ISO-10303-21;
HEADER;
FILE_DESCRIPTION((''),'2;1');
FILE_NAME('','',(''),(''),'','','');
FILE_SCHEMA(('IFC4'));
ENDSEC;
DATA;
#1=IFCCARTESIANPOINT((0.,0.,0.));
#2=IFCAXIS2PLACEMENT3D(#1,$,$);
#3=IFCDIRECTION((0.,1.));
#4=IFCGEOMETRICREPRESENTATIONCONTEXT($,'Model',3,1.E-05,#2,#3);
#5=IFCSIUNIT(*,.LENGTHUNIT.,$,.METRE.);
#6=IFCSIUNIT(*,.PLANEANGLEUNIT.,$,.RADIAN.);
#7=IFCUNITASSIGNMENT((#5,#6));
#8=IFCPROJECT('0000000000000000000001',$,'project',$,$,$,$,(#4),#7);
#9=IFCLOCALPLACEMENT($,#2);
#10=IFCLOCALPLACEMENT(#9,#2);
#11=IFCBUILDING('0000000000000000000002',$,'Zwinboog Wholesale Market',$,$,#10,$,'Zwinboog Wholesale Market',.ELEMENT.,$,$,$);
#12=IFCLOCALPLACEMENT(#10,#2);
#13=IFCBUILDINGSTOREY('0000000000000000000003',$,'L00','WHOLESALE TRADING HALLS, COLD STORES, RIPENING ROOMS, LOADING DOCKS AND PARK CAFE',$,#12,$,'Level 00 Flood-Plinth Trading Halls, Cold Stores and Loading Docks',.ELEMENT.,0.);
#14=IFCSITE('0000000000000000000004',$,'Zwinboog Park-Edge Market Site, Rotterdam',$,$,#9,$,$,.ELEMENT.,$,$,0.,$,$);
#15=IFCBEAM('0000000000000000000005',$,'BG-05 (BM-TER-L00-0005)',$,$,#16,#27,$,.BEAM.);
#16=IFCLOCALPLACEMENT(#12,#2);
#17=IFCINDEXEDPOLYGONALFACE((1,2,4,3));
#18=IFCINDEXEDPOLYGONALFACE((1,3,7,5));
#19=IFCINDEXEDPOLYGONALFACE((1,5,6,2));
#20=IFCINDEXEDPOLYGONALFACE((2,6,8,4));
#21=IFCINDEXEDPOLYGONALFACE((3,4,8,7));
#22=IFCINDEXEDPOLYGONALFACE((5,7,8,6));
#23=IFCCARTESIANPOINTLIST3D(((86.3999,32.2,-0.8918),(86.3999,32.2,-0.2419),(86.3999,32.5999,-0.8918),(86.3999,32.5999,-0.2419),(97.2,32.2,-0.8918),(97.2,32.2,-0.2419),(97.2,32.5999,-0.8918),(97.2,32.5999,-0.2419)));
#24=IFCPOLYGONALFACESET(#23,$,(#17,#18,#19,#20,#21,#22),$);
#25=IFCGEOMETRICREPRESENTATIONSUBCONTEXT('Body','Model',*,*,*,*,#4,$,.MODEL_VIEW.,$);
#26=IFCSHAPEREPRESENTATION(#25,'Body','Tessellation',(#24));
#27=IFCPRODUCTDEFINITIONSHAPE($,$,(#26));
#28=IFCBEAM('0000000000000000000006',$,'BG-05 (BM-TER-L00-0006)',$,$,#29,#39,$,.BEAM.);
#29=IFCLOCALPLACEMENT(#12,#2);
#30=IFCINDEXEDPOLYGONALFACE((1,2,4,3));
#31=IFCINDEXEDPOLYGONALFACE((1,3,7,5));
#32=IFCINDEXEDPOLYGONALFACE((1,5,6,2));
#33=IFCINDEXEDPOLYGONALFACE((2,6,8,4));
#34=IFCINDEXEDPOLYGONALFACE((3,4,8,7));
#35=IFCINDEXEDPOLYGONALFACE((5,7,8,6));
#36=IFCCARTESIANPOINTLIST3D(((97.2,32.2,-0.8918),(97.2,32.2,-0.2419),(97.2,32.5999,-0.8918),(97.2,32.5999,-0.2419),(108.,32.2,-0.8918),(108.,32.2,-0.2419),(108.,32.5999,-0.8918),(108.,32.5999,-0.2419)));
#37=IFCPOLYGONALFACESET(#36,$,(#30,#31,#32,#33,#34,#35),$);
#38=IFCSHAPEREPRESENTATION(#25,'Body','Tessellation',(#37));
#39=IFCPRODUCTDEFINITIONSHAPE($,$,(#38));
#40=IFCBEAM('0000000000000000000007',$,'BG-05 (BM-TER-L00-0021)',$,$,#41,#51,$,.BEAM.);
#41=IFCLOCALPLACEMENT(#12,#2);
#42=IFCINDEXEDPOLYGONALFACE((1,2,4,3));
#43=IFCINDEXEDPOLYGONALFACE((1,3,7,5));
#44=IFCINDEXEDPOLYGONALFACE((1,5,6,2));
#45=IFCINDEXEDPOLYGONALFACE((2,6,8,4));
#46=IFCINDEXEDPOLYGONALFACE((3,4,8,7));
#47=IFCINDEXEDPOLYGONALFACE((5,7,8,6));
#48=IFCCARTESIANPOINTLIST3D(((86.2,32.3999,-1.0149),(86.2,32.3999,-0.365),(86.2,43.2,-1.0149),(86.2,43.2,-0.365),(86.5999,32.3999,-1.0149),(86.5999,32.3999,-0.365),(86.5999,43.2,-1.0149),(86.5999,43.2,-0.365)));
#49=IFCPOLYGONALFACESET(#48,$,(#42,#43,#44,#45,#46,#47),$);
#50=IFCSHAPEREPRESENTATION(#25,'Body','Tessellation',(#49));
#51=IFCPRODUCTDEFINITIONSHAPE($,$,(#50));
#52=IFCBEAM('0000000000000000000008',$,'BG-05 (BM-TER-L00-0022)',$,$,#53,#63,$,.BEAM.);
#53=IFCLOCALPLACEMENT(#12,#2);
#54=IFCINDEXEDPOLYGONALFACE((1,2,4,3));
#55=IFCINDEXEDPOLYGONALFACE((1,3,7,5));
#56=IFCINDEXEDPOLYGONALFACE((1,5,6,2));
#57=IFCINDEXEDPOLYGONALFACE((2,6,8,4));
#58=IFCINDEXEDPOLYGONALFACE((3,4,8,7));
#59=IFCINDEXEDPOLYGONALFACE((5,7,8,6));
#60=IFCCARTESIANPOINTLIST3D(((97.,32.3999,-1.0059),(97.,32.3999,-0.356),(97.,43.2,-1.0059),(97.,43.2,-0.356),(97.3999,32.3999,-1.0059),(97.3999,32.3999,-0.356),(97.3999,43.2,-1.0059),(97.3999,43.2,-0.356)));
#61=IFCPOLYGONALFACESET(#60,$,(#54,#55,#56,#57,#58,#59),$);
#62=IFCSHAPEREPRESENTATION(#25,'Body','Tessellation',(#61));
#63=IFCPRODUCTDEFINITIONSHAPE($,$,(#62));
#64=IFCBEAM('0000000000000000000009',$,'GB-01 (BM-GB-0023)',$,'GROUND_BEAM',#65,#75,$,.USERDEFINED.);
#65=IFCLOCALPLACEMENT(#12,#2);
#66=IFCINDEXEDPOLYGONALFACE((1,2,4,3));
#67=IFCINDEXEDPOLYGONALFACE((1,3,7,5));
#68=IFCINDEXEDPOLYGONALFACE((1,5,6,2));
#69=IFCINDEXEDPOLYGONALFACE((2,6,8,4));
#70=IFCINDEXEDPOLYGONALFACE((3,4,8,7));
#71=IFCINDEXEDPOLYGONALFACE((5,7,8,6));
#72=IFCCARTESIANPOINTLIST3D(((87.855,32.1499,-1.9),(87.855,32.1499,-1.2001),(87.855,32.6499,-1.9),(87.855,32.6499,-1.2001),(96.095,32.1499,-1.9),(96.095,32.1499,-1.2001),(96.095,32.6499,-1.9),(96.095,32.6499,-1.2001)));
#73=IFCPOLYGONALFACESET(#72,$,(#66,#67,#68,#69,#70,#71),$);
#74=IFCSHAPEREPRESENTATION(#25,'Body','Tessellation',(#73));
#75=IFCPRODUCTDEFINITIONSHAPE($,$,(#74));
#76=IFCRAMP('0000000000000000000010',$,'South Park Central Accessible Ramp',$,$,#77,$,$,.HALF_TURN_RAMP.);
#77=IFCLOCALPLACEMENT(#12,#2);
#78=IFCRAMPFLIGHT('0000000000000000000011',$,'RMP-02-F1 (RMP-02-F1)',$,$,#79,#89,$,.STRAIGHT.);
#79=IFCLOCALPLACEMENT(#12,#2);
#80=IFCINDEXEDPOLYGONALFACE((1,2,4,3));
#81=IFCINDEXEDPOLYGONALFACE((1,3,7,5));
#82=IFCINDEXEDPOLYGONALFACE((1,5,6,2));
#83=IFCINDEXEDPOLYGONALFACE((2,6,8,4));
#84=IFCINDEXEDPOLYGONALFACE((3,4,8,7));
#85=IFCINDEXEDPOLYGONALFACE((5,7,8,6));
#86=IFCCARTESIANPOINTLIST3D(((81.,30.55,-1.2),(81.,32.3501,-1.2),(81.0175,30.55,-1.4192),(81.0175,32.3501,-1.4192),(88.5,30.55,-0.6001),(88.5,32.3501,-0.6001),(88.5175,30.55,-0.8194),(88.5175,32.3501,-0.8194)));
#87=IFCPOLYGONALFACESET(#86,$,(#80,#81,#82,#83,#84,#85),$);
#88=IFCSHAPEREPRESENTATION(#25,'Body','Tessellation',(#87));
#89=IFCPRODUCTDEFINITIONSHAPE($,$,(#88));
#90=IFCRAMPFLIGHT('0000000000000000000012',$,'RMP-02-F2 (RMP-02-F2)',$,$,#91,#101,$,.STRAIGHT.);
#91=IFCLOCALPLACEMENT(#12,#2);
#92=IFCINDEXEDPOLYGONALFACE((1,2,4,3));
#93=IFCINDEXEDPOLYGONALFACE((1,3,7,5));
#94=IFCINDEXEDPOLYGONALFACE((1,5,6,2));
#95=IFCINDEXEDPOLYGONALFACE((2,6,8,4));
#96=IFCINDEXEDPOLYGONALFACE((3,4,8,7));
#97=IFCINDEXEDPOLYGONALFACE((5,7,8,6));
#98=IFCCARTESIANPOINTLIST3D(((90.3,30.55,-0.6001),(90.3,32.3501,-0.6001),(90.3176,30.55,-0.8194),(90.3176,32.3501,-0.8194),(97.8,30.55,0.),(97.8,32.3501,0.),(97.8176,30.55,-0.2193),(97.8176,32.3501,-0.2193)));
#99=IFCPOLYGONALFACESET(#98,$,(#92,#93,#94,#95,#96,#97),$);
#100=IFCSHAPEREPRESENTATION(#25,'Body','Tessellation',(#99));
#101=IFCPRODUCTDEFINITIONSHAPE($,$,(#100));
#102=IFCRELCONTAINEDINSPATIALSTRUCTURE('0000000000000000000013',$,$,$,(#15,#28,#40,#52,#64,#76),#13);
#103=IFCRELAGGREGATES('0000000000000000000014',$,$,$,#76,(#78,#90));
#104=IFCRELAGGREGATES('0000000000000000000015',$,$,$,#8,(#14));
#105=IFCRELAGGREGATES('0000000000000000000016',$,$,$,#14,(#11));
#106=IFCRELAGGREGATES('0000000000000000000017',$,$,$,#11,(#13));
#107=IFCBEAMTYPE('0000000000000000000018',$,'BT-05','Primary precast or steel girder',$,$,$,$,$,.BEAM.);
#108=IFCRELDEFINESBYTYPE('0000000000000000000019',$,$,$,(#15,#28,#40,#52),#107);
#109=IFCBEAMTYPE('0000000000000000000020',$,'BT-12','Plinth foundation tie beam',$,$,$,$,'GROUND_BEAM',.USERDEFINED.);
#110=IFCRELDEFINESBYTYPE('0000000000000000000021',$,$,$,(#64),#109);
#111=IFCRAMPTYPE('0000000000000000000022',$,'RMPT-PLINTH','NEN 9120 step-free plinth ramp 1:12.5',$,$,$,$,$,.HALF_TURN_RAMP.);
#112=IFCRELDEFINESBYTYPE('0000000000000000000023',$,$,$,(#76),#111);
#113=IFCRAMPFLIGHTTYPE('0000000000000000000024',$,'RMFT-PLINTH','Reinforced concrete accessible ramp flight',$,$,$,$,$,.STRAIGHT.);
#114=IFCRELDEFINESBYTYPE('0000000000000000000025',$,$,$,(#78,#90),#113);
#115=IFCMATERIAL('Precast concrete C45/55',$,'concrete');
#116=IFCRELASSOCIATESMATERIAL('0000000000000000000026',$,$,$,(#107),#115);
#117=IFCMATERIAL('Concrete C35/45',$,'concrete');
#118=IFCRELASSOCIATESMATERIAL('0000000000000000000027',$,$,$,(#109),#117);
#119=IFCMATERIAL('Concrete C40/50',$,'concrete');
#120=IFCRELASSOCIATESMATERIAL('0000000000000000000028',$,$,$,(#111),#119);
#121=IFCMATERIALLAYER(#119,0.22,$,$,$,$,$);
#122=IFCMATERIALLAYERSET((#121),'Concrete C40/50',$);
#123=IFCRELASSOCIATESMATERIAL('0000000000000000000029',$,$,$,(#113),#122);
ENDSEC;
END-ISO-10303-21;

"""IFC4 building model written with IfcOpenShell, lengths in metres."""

from ifc_helpers import new_model, si_unit, direction, frame, origin, origin_2d, place, context, subcontext, project, spatial, polyline, rectangle, outline, extrude, material, layer, layer_set, material_profile, profile_set, type_object, element, aggregate, save


model = new_model("IFC4")

# Units and contexts
model_context = context("Model", 3, precision=1e-05, world=origin(), true_north=direction((0.0, 1.0)))
body_context = subcontext(model_context, "Body", "Model", "MODEL_VIEW")
ifc_project = project(units=[si_unit("LENGTHUNIT", "METRE"), si_unit("PLANEANGLEUNIT", "RADIAN")], contexts=[model_context])

# Site, building, storey
site_placement = place(None, origin())
site = spatial("IfcSite", under=ifc_project, at=site_placement, Name="Zwinboog Park-Edge Market Site, Rotterdam", CompositionType="ELEMENT", RefElevation=0.0)
building_placement = place(site_placement, origin())
building = spatial("IfcBuilding", under=site, at=building_placement, Name="Zwinboog Wholesale Market", LongName="Zwinboog Wholesale Market", CompositionType="ELEMENT")
storey_placement = place(building_placement, origin())
storey = spatial("IfcBuildingStorey", under=building, at=storey_placement, Name="L00", Description="WHOLESALE TRADING HALLS, COLD STORES, RIPENING ROOMS, LOADING DOCKS AND PARK CAFE", LongName="Level 00 Flood-Plinth Trading Halls, Cold Stores and Loading Docks", CompositionType="ELEMENT", Elevation=0.0)

# Shared definitions
ifc_material_1 = material(Name="Concrete C40/50", Category="concrete")

# Shared definitions
ifc_material_2 = material(Name="Concrete C35/45", Category="concrete")

# Shared definitions
ifc_material_3 = material(Name="Precast concrete C45/55", Category="concrete")

# Beams
ifc_material_profile_1 = material_profile(ifc_material_3, rectangle(XDim=0.3999, YDim=0.6499, at=origin_2d()), Name="PC 400x650")
ifc_profile_set_1 = profile_set([ifc_material_profile_1], Name="Precast concrete C45/55")
beam_type_1 = type_object("IfcBeamType", Name="BT-05", Description="Primary precast or steel girder", PredefinedType="BEAM", material=ifc_profile_set_1)
for number, where, z_axis, x_axis, name in (
    (1, (86.3999, 32.3999, -0.5669), (1.0, 0.0, 0.0), (0.0, 1.0, 0.0), "BG-05 (BM-TER-L00-0005)"),
    (2, (97.2, 32.3999, -0.5669), (1.0, 0.0, 0.0), (0.0, 1.0, 0.0), "BG-05 (BM-TER-L00-0006)"),
    (3, (86.3999, 32.3999, -0.6899), (0.0, 1.0, 0.0), (-1.0, 0.0, 0.0), "BG-05 (BM-TER-L00-0021)"),
    (4, (97.2, 32.3999, -0.6809), (0.0, 1.0, 0.0), (-1.0, 0.0, 0.0), "BG-05 (BM-TER-L00-0022)"),
):
    element("IfcBeam", number, at=place(storey_placement, frame(where, z_axis=z_axis, x_axis=x_axis)), inside=storey, type_object=beam_type_1, Name=name, PredefinedType="BEAM", context=body_context, shape_type="SweptSolid", body=[
        extrude(rectangle(XDim=0.3999, YDim=0.6499, at=origin_2d()), origin(), (0.0, 0.0, 1.0), 10.8),
    ])
ifc_material_profile_2 = material_profile(ifc_material_2, rectangle(XDim=0.5, YDim=0.7, at=origin_2d()), Name="RC 500x700")
ifc_profile_set_2 = profile_set([ifc_material_profile_2], Name="Concrete C35/45")
beam_type_2 = type_object("IfcBeamType", Name="BT-12", Description="Plinth foundation tie beam", ElementType="GROUND_BEAM", PredefinedType="USERDEFINED", material=ifc_profile_set_2)
beam_placement = place(storey_placement, frame((87.855, 32.3999, -1.55), z_axis=(1.0, 0.0, 0.0), x_axis=(0.0, 1.0, 0.0)))
element("IfcBeam", 5, at=beam_placement, inside=storey, type_object=beam_type_2, Name="GB-01 (BM-GB-0023)", ObjectType="GROUND_BEAM", PredefinedType="USERDEFINED", context=body_context, shape_type="SweptSolid", body=[
    extrude(rectangle(XDim=0.5, YDim=0.7, at=origin_2d()), origin(), (0.0, 0.0, 1.0), 8.24),
])

# Ramp, ramp flights
ramp_type = type_object("IfcRampType", Name="RMPT-PLINTH", Description="NEN 9120 step-free plinth ramp 1:12.5", PredefinedType="HALF_TURN_RAMP", material=ifc_material_1)
ramp_placement = place(storey_placement, origin())
ramp = element("IfcRamp", 6, at=ramp_placement, inside=storey, type_object=ramp_type, Name="South Park Central Accessible Ramp", PredefinedType="HALF_TURN_RAMP")
ifc_layer = layer(ifc_material_1, 0.22)
ifc_layer_set = layer_set([ifc_layer], Name="Concrete C40/50")
ramp_flight_type = type_object("IfcRampFlightType", Name="RMFT-PLINTH", Description="Reinforced concrete accessible ramp flight", PredefinedType="STRAIGHT", material=ifc_layer_set)
ramp_flight_1_placement = place(storey_placement, frame((81.0, 30.55, -1.2), z_axis=(-0.079726, 0.0, 0.996817), x_axis=(0.996817, 0.0, 0.079726)))
ramp_flight_1 = element("IfcRampFlight", 7, at=ramp_flight_1_placement, type_object=ramp_flight_type, Name="RMP-02-F1 (RMP-02-F1)", PredefinedType="STRAIGHT", context=body_context, shape_type="SweptSolid", body=[
    extrude(outline(polyline([(0.0, 0.0), (7.524, 0.0), (7.524, 1.8), (0.0, 1.8), (0.0, 0.0)])), origin(), (0.0, 0.0, -1.0), 0.22),
])
ramp_flight_2_placement = place(storey_placement, frame((90.3, 30.55, -0.6001), z_axis=(-0.079758, 0.0, 0.996814), x_axis=(0.996814, 0.0, 0.079758)))
ramp_flight_2 = element("IfcRampFlight", 8, at=ramp_flight_2_placement, type_object=ramp_flight_type, Name="RMP-02-F2 (RMP-02-F2)", PredefinedType="STRAIGHT", context=body_context, shape_type="SweptSolid", body=[
    extrude(outline(polyline([(0.0, 0.0), (7.524, 0.0), (7.524, 1.8), (0.0, 1.8), (0.0, 0.0)])), origin(), (0.0, 0.0, -1.0), 0.22),
])
aggregate(ramp, [ramp_flight_1, ramp_flight_2])

save(model, "model.ifc")
